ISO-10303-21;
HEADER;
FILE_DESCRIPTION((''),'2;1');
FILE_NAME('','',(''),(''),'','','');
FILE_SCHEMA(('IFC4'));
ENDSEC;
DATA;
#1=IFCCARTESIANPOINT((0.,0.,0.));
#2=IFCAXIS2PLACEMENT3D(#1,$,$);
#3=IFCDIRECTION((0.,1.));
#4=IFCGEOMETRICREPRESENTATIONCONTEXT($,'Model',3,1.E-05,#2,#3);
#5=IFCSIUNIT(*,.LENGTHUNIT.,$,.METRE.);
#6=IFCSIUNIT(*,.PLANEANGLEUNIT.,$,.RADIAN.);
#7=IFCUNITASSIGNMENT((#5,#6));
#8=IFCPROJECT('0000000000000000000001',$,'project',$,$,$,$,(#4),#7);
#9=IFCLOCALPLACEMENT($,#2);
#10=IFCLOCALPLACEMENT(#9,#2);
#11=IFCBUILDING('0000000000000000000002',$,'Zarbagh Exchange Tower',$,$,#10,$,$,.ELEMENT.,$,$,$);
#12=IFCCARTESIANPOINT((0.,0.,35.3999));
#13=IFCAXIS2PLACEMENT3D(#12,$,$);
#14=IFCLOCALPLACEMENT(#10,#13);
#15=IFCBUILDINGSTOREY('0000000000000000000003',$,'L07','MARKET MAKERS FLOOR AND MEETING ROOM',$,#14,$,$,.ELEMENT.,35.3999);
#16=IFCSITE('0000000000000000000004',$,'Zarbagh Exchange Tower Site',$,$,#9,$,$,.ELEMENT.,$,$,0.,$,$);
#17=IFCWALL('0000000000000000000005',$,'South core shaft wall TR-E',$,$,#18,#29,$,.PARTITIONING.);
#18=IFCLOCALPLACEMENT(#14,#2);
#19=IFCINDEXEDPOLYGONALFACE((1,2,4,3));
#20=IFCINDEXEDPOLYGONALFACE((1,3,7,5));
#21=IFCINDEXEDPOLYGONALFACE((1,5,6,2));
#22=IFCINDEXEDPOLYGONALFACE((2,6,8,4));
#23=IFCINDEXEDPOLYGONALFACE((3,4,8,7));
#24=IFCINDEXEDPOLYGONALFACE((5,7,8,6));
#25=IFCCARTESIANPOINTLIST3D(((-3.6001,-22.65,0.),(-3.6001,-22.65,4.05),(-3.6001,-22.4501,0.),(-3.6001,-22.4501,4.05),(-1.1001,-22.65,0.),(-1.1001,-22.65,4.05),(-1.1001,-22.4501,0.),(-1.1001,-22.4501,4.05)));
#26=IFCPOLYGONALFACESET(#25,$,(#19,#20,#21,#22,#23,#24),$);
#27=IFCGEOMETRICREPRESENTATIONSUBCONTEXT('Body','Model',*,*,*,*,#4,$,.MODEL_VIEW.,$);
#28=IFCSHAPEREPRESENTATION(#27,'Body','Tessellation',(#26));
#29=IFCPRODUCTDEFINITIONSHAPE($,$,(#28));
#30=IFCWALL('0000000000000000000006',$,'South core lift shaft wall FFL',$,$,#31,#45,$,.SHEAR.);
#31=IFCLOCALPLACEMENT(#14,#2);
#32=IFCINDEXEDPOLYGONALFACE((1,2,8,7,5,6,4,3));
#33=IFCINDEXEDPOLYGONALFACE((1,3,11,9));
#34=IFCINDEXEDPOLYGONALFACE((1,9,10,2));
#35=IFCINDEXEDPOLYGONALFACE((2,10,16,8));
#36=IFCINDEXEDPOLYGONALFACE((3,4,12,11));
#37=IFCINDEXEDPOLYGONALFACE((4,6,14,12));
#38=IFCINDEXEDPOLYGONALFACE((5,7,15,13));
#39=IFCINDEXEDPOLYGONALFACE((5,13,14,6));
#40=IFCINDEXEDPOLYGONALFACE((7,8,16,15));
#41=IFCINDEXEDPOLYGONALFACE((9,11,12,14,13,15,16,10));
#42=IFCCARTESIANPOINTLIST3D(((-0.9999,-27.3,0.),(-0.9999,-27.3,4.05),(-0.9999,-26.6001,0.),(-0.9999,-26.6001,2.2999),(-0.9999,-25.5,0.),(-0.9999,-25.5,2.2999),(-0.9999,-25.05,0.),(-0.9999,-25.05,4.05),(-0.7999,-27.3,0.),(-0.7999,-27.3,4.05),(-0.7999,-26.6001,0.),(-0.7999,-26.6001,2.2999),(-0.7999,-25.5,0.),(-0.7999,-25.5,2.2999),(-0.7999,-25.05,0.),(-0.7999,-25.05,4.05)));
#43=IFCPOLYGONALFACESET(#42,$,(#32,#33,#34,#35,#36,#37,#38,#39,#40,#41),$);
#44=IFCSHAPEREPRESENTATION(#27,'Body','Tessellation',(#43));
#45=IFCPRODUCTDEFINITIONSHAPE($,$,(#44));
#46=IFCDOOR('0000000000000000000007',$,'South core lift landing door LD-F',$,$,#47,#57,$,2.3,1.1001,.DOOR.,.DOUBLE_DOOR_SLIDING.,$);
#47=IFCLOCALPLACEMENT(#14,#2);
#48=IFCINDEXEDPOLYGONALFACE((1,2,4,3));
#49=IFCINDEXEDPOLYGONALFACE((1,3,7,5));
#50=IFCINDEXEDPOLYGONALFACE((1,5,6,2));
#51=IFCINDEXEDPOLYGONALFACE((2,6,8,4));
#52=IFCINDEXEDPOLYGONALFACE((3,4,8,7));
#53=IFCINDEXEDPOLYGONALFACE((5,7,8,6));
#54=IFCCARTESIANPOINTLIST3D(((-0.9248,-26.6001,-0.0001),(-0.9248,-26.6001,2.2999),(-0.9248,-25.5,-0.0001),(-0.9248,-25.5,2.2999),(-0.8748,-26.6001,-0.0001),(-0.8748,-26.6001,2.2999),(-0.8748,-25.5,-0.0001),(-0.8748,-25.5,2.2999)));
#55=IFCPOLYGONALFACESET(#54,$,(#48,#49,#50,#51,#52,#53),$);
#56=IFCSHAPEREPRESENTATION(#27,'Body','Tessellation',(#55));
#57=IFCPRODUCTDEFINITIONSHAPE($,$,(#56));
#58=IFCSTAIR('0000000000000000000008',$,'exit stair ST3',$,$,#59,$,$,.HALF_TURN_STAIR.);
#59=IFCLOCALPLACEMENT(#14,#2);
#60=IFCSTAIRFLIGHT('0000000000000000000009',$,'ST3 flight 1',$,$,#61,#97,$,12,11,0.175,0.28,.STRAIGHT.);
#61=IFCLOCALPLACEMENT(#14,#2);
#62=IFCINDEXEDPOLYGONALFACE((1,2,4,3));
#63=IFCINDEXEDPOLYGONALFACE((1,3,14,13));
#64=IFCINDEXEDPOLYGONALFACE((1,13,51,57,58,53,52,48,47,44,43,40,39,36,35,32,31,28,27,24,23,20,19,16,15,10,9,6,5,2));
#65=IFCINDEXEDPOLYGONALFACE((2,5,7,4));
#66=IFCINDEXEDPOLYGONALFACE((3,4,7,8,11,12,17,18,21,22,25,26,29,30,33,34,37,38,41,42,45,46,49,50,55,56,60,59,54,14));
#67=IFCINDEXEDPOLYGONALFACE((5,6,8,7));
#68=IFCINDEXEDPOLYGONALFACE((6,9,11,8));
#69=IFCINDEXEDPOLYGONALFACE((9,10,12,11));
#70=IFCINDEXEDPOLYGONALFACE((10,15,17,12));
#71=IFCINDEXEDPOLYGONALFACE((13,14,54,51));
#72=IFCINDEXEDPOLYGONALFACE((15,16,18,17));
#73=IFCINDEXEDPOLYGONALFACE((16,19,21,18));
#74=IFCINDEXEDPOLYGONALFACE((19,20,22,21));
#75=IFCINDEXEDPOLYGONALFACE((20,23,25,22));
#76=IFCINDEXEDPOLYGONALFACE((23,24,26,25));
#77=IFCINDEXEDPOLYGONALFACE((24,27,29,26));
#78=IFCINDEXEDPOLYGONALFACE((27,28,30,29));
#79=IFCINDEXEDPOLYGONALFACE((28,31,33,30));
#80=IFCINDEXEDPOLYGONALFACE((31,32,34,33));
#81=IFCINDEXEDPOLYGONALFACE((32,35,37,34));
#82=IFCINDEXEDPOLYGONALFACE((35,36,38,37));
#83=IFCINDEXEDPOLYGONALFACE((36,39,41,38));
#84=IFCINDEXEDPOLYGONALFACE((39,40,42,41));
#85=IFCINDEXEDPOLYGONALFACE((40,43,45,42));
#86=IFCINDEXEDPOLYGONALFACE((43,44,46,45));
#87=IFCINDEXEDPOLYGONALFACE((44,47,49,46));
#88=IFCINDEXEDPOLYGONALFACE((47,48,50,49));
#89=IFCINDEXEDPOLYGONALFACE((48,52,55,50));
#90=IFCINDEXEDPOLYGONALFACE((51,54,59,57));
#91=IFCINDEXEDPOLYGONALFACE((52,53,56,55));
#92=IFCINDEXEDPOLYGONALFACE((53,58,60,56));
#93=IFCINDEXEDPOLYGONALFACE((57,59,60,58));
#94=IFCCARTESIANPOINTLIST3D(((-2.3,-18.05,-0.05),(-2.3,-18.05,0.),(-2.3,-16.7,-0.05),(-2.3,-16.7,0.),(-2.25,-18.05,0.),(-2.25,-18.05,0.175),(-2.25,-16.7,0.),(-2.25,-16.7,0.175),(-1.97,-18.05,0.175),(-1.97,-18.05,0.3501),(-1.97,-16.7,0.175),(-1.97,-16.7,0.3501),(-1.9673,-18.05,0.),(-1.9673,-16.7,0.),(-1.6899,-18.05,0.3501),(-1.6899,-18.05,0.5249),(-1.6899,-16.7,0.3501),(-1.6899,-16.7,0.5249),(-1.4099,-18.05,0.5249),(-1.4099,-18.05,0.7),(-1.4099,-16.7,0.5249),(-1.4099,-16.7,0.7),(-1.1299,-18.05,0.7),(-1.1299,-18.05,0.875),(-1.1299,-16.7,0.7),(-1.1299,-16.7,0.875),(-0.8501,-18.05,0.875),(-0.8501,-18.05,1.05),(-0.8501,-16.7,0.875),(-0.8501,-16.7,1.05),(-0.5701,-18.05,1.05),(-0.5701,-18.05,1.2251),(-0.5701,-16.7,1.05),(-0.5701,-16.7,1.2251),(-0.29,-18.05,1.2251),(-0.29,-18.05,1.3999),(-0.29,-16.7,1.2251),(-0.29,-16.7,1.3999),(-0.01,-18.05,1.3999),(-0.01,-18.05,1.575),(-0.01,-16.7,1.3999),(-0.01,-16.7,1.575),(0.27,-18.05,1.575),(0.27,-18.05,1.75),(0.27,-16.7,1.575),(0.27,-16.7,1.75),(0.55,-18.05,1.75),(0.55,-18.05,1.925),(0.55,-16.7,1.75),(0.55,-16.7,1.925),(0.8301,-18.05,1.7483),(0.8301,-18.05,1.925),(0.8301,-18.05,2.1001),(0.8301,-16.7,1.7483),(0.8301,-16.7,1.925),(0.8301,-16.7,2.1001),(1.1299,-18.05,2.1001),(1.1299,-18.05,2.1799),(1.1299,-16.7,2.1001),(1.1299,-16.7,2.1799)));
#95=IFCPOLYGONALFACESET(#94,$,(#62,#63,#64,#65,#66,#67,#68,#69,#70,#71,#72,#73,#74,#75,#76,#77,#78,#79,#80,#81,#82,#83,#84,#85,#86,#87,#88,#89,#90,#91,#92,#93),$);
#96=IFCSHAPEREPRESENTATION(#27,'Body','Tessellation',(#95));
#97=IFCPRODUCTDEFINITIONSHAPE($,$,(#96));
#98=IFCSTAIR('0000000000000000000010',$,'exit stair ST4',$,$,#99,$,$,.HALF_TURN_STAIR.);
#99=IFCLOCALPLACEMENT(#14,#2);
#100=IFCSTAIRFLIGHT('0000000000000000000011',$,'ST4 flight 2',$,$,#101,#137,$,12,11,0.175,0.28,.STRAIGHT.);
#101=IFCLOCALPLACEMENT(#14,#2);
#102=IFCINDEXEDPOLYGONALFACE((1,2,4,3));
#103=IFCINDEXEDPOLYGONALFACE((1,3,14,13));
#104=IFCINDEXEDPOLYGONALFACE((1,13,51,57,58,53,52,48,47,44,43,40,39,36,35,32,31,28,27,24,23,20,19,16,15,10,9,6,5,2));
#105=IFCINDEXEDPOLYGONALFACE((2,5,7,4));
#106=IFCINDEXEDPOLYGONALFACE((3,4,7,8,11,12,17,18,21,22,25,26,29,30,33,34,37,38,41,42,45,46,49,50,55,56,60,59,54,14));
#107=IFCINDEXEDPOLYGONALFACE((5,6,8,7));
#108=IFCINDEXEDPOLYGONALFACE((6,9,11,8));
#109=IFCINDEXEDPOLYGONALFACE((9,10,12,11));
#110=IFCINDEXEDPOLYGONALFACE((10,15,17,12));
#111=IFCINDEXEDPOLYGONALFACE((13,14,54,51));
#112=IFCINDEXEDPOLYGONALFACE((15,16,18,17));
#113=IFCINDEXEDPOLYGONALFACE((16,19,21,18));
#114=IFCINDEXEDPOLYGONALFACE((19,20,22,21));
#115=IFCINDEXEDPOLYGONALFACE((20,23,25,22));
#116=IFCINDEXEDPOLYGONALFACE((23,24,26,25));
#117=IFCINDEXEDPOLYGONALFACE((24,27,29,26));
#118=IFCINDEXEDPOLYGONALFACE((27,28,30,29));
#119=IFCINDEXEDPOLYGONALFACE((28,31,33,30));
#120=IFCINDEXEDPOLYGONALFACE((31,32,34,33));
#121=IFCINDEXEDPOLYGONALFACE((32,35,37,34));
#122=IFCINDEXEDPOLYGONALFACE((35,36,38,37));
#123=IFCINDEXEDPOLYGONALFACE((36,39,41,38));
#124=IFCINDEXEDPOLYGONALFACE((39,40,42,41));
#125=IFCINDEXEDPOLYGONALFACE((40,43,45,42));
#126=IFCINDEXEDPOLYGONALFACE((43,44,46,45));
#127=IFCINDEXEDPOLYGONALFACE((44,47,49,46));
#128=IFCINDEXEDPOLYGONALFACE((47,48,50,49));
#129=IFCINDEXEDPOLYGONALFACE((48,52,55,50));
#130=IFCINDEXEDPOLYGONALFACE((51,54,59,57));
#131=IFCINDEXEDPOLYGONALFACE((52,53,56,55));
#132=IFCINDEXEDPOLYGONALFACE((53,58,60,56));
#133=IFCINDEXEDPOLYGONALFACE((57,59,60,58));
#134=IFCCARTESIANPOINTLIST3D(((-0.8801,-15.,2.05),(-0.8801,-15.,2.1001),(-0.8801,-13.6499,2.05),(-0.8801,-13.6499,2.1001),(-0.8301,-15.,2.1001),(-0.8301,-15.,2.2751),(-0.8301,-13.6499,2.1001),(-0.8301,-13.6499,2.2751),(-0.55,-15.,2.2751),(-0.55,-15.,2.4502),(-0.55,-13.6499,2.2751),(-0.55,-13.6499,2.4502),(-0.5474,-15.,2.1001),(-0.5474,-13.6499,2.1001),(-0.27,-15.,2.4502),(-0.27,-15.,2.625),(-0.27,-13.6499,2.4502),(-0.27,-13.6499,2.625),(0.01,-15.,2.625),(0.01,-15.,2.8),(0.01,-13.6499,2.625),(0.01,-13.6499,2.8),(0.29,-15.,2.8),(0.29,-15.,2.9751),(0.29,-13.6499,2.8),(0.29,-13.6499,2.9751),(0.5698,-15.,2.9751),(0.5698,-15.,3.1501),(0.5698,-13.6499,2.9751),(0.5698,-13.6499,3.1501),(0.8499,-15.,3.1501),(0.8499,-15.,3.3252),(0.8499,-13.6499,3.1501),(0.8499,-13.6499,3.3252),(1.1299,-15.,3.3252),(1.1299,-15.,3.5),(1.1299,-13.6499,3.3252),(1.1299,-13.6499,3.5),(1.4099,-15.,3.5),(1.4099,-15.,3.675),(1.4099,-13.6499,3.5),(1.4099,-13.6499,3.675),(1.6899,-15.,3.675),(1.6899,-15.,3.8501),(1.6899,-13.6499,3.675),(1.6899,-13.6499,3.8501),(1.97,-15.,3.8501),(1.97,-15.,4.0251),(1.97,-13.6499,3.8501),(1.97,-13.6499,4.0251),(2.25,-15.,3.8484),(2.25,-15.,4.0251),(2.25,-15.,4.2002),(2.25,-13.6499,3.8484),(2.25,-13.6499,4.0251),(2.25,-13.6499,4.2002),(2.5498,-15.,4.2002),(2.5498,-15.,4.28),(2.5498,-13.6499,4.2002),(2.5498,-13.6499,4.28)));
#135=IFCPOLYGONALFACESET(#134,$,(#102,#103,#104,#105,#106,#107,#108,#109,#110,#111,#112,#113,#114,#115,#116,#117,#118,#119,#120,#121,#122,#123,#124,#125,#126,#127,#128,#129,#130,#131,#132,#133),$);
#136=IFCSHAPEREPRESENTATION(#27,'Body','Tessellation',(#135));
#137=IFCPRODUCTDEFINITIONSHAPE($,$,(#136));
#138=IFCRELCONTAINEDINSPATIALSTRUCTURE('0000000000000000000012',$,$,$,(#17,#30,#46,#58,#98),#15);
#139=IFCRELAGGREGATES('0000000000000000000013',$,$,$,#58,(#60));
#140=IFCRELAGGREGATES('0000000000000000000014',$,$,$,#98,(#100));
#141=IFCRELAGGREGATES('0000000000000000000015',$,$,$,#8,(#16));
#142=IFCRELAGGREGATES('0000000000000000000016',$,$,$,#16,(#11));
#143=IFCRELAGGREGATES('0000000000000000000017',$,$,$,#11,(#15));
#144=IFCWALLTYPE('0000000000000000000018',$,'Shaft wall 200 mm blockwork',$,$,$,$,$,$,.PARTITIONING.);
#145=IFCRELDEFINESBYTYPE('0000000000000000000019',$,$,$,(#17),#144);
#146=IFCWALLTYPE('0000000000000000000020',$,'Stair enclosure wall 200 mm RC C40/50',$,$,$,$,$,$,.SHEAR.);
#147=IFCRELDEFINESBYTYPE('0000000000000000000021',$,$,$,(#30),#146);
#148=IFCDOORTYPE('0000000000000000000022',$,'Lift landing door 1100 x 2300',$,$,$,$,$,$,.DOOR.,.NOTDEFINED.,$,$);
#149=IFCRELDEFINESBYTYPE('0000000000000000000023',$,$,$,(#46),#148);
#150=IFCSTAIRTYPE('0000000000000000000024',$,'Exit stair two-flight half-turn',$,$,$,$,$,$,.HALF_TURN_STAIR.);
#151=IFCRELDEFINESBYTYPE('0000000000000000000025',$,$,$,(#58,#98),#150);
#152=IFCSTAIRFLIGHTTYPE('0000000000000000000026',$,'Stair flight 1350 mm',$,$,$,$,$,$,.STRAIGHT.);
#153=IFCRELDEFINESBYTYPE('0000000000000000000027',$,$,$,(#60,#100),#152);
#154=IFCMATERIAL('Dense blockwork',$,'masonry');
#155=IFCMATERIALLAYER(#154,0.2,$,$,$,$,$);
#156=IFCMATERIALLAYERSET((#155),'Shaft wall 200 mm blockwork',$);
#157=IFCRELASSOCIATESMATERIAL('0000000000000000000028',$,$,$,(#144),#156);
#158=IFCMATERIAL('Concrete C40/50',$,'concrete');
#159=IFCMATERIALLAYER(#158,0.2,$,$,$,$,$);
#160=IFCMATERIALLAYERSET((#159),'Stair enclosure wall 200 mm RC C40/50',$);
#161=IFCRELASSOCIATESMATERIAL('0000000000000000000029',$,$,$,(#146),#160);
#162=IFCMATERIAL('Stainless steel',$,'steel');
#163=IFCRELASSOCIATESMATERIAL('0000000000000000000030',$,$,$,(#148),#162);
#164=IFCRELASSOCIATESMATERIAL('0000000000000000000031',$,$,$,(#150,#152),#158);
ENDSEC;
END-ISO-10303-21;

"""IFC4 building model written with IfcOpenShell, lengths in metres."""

from ifc_helpers import new_model, si_unit, direction, frame, frame_2d, origin, place, context, subcontext, project, spatial, polyline, rectangle, outline, extrude, material, layer, layer_set, type_object, element, fill, aggregate, save


model = new_model("IFC4")

# Units and contexts
model_context = context("Model", 3, precision=1e-05, world=origin(), true_north=direction((0.0, 1.0)))
body_context = subcontext(model_context, "Body", "Model", "MODEL_VIEW")
ifc_project = project(units=[si_unit("LENGTHUNIT", "METRE"), si_unit("PLANEANGLEUNIT", "RADIAN")], contexts=[model_context])

# Site, building, storey
site_placement = place(None, origin())
site = spatial("IfcSite", under=ifc_project, at=site_placement, Name="Zarbagh Exchange Tower Site", CompositionType="ELEMENT", RefElevation=0.0)
building_placement = place(site_placement, origin())
building = spatial("IfcBuilding", under=site, at=building_placement, Name="Zarbagh Exchange Tower", CompositionType="ELEMENT")
storey_placement = place(building_placement, frame((0.0, 0.0, 35.3999)))
storey = spatial("IfcBuildingStorey", under=building, at=storey_placement, Name="L07", Description="MARKET MAKERS FLOOR AND MEETING ROOM", CompositionType="ELEMENT", Elevation=35.3999)

# Shared definitions
ifc_material_1 = material(Name="Concrete C40/50", Category="concrete")

# Wall
ifc_material_2 = material(Name="Dense blockwork", Category="masonry")
ifc_layer_1 = layer(ifc_material_2, 0.2)
ifc_layer_set_1 = layer_set([ifc_layer_1], Name="Shaft wall 200 mm blockwork")
wall_type_1 = type_object("IfcWallType", Name="Shaft wall 200 mm blockwork", PredefinedType="PARTITIONING", material=ifc_layer_set_1)
wall_1_placement = place(storey_placement, frame((-1.1001, -22.55, 0.0), z_axis=(0.0, 0.0, 1.0), x_axis=(-1.0, 0.0, 0.0)))
element("IfcWall", 1, at=wall_1_placement, inside=storey, type_object=wall_type_1, Name="South core shaft wall TR-E", PredefinedType="PARTITIONING", context=body_context, shape_type="SweptSolid", body=[
    extrude(rectangle(XDim=2.5, YDim=0.2, at=frame_2d((1.25, 0.0))), origin(), (0.0, 0.0, 1.0), 4.05),
])

# Wall, opening, door
ifc_layer_2 = layer(ifc_material_1, 0.2)
ifc_layer_set_2 = layer_set([ifc_layer_2], Name="Stair enclosure wall 200 mm RC C40/50")
wall_type_2 = type_object("IfcWallType", Name="Stair enclosure wall 200 mm RC C40/50", PredefinedType="SHEAR", material=ifc_layer_set_2)
wall_2_placement = place(storey_placement, frame((-0.8999, -27.3, 0.0), z_axis=(0.0, 0.0, 1.0), x_axis=(0.0, 1.0, 0.0)))
wall_2 = element("IfcWall", 2, at=wall_2_placement, inside=storey, type_object=wall_type_2, Name="South core lift shaft wall FFL", PredefinedType="SHEAR", context=body_context, shape_type="SweptSolid", body=[
    extrude(rectangle(XDim=2.25, YDim=0.2, at=frame_2d((1.125, 0.0))), origin(), (0.0, 0.0, 1.0), 4.05),
])
opening_1_placement = place(wall_2_placement, frame((0.7, 0.0, 0.0)))
opening_1 = element("IfcOpeningElement", 3, at=opening_1_placement, cuts=wall_2, PredefinedType="OPENING", context=body_context, shape_type="SweptSolid", body=[
    extrude(rectangle(XDim=1.1001, YDim=2.3, at=frame_2d((0.55, 1.1499))), frame((0.0, 0.1099, 0.0), z_axis=(0.0, -1.0, 0.0), x_axis=(1.0, 0.0, 0.0)), (0.0, 0.0, 1.0), 0.22),
])
ifc_material_3 = material(Name="Stainless steel", Category="steel")
door_type_1 = type_object("IfcDoorType", Name="Lift landing door 1100 x 2300", OperationType="NOTDEFINED", PredefinedType="DOOR", material=ifc_material_3)
door_1_placement = place(opening_1_placement, origin())
door_1 = element("IfcDoor", 4, at=door_1_placement, inside=storey, type_object=door_type_1, Name="South core lift landing door LD-F", OperationType="DOUBLE_DOOR_SLIDING", OverallHeight=2.3, OverallWidth=1.1001, PredefinedType="DOOR", context=body_context, shape_type="SweptSolid", body=[
    extrude(rectangle(XDim=1.1001, YDim=2.3, at=frame_2d((0.55, 1.1499))), frame((0.0, 0.0249, 0.0), z_axis=(0.0, -1.0, 0.0), x_axis=(1.0, 0.0, 0.0)), (0.0, 0.0, 1.0), 0.05),
])
fill(opening_1, door_1)

# Stairs, stair flights
stair_type = type_object("IfcStairType", Name="Exit stair two-flight half-turn", PredefinedType="HALF_TURN_STAIR", material=ifc_material_1)
stair_1_placement = place(storey_placement, origin())
stair_1 = element("IfcStair", 5, at=stair_1_placement, inside=storey, type_object=stair_type, Name="exit stair ST3", PredefinedType="HALF_TURN_STAIR")
stair_flight_type = type_object("IfcStairFlightType", Name="Stair flight 1350 mm", PredefinedType="STRAIGHT", material=ifc_material_1)
stair_flight_1_placement = place(storey_placement, frame((-2.25, -17.375, 0.0), z_axis=(0.0, 0.0, 1.0), x_axis=(1.0, 0.0, 0.0)))
stair_flight_1 = element("IfcStairFlight", 6, at=stair_flight_1_placement, type_object=stair_flight_type, Name="ST3 flight 1", NumberOfRisers=12, NumberOfTreads=11, PredefinedType="STRAIGHT", RiserHeight=0.175, TreadLength=0.28, context=body_context, shape_type="SweptSolid", body=[
    extrude(outline(polyline([(-0.05, -0.05), (-0.05, 0.0), (0.0, 0.0), (0.0, 0.175), (0.28, 0.175), (0.28, 0.3501), (0.5601, 0.3501), (0.5601, 0.5249), (0.8401, 0.5249), (0.8401, 0.7), (1.1201, 0.7), (1.1201, 0.875), (1.3999, 0.875), (1.3999, 1.05), (1.6799, 1.05), (1.6799, 1.2251), (1.96, 1.2251), (1.96, 1.3999), (2.24, 1.3999), (2.24, 1.575), (2.52, 1.575), (2.52, 1.75), (2.8, 1.75), (2.8, 1.925), (3.0801, 1.925), (3.0801, 2.1001), (3.3799, 2.1799), (3.3799, 2.1001), (3.0801, 1.7483), (0.2827, 0.0), (-0.05, -0.05)])), frame((0.0, 0.675, 0.0), z_axis=(0.0, -1.0, 0.0), x_axis=(1.0, 0.0, 0.0)), (0.0, 0.0, 1.0), 1.3501),
])
aggregate(stair_1, [stair_flight_1])
stair_2_placement = place(storey_placement, origin())
stair_2 = element("IfcStair", 7, at=stair_2_placement, inside=storey, type_object=stair_type, Name="exit stair ST4", PredefinedType="HALF_TURN_STAIR")
stair_flight_2_placement = place(storey_placement, frame((-0.8301, -14.325, 2.1001), z_axis=(0.0, 0.0, 1.0), x_axis=(1.0, 0.0, 0.0)))
stair_flight_2 = element("IfcStairFlight", 8, at=stair_flight_2_placement, type_object=stair_flight_type, Name="ST4 flight 2", NumberOfRisers=12, NumberOfTreads=11, PredefinedType="STRAIGHT", RiserHeight=0.175, TreadLength=0.28, context=body_context, shape_type="SweptSolid", body=[
    extrude(outline(polyline([(-0.05, -0.05), (-0.05, 0.0), (0.0, 0.0), (0.0, 0.175), (0.28, 0.175), (0.28, 0.3501), (0.5601, 0.3501), (0.5601, 0.5249), (0.8401, 0.5249), (0.8401, 0.7), (1.1201, 0.7), (1.1201, 0.875), (1.3999, 0.875), (1.3999, 1.05), (1.6799, 1.05), (1.6799, 1.2251), (1.96, 1.2251), (1.96, 1.3999), (2.24, 1.3999), (2.24, 1.575), (2.52, 1.575), (2.52, 1.75), (2.8, 1.75), (2.8, 1.925), (3.0801, 1.925), (3.0801, 2.1001), (3.3799, 2.1799), (3.3799, 2.1001), (3.0801, 1.7483), (0.2827, 0.0), (-0.05, -0.05)])), frame((0.0, 0.675, 0.0), z_axis=(0.0, -1.0, 0.0), x_axis=(1.0, 0.0, 0.0)), (0.0, 0.0, 1.0), 1.3501),
])
aggregate(stair_2, [stair_flight_2])

save(model, "model.ifc")
